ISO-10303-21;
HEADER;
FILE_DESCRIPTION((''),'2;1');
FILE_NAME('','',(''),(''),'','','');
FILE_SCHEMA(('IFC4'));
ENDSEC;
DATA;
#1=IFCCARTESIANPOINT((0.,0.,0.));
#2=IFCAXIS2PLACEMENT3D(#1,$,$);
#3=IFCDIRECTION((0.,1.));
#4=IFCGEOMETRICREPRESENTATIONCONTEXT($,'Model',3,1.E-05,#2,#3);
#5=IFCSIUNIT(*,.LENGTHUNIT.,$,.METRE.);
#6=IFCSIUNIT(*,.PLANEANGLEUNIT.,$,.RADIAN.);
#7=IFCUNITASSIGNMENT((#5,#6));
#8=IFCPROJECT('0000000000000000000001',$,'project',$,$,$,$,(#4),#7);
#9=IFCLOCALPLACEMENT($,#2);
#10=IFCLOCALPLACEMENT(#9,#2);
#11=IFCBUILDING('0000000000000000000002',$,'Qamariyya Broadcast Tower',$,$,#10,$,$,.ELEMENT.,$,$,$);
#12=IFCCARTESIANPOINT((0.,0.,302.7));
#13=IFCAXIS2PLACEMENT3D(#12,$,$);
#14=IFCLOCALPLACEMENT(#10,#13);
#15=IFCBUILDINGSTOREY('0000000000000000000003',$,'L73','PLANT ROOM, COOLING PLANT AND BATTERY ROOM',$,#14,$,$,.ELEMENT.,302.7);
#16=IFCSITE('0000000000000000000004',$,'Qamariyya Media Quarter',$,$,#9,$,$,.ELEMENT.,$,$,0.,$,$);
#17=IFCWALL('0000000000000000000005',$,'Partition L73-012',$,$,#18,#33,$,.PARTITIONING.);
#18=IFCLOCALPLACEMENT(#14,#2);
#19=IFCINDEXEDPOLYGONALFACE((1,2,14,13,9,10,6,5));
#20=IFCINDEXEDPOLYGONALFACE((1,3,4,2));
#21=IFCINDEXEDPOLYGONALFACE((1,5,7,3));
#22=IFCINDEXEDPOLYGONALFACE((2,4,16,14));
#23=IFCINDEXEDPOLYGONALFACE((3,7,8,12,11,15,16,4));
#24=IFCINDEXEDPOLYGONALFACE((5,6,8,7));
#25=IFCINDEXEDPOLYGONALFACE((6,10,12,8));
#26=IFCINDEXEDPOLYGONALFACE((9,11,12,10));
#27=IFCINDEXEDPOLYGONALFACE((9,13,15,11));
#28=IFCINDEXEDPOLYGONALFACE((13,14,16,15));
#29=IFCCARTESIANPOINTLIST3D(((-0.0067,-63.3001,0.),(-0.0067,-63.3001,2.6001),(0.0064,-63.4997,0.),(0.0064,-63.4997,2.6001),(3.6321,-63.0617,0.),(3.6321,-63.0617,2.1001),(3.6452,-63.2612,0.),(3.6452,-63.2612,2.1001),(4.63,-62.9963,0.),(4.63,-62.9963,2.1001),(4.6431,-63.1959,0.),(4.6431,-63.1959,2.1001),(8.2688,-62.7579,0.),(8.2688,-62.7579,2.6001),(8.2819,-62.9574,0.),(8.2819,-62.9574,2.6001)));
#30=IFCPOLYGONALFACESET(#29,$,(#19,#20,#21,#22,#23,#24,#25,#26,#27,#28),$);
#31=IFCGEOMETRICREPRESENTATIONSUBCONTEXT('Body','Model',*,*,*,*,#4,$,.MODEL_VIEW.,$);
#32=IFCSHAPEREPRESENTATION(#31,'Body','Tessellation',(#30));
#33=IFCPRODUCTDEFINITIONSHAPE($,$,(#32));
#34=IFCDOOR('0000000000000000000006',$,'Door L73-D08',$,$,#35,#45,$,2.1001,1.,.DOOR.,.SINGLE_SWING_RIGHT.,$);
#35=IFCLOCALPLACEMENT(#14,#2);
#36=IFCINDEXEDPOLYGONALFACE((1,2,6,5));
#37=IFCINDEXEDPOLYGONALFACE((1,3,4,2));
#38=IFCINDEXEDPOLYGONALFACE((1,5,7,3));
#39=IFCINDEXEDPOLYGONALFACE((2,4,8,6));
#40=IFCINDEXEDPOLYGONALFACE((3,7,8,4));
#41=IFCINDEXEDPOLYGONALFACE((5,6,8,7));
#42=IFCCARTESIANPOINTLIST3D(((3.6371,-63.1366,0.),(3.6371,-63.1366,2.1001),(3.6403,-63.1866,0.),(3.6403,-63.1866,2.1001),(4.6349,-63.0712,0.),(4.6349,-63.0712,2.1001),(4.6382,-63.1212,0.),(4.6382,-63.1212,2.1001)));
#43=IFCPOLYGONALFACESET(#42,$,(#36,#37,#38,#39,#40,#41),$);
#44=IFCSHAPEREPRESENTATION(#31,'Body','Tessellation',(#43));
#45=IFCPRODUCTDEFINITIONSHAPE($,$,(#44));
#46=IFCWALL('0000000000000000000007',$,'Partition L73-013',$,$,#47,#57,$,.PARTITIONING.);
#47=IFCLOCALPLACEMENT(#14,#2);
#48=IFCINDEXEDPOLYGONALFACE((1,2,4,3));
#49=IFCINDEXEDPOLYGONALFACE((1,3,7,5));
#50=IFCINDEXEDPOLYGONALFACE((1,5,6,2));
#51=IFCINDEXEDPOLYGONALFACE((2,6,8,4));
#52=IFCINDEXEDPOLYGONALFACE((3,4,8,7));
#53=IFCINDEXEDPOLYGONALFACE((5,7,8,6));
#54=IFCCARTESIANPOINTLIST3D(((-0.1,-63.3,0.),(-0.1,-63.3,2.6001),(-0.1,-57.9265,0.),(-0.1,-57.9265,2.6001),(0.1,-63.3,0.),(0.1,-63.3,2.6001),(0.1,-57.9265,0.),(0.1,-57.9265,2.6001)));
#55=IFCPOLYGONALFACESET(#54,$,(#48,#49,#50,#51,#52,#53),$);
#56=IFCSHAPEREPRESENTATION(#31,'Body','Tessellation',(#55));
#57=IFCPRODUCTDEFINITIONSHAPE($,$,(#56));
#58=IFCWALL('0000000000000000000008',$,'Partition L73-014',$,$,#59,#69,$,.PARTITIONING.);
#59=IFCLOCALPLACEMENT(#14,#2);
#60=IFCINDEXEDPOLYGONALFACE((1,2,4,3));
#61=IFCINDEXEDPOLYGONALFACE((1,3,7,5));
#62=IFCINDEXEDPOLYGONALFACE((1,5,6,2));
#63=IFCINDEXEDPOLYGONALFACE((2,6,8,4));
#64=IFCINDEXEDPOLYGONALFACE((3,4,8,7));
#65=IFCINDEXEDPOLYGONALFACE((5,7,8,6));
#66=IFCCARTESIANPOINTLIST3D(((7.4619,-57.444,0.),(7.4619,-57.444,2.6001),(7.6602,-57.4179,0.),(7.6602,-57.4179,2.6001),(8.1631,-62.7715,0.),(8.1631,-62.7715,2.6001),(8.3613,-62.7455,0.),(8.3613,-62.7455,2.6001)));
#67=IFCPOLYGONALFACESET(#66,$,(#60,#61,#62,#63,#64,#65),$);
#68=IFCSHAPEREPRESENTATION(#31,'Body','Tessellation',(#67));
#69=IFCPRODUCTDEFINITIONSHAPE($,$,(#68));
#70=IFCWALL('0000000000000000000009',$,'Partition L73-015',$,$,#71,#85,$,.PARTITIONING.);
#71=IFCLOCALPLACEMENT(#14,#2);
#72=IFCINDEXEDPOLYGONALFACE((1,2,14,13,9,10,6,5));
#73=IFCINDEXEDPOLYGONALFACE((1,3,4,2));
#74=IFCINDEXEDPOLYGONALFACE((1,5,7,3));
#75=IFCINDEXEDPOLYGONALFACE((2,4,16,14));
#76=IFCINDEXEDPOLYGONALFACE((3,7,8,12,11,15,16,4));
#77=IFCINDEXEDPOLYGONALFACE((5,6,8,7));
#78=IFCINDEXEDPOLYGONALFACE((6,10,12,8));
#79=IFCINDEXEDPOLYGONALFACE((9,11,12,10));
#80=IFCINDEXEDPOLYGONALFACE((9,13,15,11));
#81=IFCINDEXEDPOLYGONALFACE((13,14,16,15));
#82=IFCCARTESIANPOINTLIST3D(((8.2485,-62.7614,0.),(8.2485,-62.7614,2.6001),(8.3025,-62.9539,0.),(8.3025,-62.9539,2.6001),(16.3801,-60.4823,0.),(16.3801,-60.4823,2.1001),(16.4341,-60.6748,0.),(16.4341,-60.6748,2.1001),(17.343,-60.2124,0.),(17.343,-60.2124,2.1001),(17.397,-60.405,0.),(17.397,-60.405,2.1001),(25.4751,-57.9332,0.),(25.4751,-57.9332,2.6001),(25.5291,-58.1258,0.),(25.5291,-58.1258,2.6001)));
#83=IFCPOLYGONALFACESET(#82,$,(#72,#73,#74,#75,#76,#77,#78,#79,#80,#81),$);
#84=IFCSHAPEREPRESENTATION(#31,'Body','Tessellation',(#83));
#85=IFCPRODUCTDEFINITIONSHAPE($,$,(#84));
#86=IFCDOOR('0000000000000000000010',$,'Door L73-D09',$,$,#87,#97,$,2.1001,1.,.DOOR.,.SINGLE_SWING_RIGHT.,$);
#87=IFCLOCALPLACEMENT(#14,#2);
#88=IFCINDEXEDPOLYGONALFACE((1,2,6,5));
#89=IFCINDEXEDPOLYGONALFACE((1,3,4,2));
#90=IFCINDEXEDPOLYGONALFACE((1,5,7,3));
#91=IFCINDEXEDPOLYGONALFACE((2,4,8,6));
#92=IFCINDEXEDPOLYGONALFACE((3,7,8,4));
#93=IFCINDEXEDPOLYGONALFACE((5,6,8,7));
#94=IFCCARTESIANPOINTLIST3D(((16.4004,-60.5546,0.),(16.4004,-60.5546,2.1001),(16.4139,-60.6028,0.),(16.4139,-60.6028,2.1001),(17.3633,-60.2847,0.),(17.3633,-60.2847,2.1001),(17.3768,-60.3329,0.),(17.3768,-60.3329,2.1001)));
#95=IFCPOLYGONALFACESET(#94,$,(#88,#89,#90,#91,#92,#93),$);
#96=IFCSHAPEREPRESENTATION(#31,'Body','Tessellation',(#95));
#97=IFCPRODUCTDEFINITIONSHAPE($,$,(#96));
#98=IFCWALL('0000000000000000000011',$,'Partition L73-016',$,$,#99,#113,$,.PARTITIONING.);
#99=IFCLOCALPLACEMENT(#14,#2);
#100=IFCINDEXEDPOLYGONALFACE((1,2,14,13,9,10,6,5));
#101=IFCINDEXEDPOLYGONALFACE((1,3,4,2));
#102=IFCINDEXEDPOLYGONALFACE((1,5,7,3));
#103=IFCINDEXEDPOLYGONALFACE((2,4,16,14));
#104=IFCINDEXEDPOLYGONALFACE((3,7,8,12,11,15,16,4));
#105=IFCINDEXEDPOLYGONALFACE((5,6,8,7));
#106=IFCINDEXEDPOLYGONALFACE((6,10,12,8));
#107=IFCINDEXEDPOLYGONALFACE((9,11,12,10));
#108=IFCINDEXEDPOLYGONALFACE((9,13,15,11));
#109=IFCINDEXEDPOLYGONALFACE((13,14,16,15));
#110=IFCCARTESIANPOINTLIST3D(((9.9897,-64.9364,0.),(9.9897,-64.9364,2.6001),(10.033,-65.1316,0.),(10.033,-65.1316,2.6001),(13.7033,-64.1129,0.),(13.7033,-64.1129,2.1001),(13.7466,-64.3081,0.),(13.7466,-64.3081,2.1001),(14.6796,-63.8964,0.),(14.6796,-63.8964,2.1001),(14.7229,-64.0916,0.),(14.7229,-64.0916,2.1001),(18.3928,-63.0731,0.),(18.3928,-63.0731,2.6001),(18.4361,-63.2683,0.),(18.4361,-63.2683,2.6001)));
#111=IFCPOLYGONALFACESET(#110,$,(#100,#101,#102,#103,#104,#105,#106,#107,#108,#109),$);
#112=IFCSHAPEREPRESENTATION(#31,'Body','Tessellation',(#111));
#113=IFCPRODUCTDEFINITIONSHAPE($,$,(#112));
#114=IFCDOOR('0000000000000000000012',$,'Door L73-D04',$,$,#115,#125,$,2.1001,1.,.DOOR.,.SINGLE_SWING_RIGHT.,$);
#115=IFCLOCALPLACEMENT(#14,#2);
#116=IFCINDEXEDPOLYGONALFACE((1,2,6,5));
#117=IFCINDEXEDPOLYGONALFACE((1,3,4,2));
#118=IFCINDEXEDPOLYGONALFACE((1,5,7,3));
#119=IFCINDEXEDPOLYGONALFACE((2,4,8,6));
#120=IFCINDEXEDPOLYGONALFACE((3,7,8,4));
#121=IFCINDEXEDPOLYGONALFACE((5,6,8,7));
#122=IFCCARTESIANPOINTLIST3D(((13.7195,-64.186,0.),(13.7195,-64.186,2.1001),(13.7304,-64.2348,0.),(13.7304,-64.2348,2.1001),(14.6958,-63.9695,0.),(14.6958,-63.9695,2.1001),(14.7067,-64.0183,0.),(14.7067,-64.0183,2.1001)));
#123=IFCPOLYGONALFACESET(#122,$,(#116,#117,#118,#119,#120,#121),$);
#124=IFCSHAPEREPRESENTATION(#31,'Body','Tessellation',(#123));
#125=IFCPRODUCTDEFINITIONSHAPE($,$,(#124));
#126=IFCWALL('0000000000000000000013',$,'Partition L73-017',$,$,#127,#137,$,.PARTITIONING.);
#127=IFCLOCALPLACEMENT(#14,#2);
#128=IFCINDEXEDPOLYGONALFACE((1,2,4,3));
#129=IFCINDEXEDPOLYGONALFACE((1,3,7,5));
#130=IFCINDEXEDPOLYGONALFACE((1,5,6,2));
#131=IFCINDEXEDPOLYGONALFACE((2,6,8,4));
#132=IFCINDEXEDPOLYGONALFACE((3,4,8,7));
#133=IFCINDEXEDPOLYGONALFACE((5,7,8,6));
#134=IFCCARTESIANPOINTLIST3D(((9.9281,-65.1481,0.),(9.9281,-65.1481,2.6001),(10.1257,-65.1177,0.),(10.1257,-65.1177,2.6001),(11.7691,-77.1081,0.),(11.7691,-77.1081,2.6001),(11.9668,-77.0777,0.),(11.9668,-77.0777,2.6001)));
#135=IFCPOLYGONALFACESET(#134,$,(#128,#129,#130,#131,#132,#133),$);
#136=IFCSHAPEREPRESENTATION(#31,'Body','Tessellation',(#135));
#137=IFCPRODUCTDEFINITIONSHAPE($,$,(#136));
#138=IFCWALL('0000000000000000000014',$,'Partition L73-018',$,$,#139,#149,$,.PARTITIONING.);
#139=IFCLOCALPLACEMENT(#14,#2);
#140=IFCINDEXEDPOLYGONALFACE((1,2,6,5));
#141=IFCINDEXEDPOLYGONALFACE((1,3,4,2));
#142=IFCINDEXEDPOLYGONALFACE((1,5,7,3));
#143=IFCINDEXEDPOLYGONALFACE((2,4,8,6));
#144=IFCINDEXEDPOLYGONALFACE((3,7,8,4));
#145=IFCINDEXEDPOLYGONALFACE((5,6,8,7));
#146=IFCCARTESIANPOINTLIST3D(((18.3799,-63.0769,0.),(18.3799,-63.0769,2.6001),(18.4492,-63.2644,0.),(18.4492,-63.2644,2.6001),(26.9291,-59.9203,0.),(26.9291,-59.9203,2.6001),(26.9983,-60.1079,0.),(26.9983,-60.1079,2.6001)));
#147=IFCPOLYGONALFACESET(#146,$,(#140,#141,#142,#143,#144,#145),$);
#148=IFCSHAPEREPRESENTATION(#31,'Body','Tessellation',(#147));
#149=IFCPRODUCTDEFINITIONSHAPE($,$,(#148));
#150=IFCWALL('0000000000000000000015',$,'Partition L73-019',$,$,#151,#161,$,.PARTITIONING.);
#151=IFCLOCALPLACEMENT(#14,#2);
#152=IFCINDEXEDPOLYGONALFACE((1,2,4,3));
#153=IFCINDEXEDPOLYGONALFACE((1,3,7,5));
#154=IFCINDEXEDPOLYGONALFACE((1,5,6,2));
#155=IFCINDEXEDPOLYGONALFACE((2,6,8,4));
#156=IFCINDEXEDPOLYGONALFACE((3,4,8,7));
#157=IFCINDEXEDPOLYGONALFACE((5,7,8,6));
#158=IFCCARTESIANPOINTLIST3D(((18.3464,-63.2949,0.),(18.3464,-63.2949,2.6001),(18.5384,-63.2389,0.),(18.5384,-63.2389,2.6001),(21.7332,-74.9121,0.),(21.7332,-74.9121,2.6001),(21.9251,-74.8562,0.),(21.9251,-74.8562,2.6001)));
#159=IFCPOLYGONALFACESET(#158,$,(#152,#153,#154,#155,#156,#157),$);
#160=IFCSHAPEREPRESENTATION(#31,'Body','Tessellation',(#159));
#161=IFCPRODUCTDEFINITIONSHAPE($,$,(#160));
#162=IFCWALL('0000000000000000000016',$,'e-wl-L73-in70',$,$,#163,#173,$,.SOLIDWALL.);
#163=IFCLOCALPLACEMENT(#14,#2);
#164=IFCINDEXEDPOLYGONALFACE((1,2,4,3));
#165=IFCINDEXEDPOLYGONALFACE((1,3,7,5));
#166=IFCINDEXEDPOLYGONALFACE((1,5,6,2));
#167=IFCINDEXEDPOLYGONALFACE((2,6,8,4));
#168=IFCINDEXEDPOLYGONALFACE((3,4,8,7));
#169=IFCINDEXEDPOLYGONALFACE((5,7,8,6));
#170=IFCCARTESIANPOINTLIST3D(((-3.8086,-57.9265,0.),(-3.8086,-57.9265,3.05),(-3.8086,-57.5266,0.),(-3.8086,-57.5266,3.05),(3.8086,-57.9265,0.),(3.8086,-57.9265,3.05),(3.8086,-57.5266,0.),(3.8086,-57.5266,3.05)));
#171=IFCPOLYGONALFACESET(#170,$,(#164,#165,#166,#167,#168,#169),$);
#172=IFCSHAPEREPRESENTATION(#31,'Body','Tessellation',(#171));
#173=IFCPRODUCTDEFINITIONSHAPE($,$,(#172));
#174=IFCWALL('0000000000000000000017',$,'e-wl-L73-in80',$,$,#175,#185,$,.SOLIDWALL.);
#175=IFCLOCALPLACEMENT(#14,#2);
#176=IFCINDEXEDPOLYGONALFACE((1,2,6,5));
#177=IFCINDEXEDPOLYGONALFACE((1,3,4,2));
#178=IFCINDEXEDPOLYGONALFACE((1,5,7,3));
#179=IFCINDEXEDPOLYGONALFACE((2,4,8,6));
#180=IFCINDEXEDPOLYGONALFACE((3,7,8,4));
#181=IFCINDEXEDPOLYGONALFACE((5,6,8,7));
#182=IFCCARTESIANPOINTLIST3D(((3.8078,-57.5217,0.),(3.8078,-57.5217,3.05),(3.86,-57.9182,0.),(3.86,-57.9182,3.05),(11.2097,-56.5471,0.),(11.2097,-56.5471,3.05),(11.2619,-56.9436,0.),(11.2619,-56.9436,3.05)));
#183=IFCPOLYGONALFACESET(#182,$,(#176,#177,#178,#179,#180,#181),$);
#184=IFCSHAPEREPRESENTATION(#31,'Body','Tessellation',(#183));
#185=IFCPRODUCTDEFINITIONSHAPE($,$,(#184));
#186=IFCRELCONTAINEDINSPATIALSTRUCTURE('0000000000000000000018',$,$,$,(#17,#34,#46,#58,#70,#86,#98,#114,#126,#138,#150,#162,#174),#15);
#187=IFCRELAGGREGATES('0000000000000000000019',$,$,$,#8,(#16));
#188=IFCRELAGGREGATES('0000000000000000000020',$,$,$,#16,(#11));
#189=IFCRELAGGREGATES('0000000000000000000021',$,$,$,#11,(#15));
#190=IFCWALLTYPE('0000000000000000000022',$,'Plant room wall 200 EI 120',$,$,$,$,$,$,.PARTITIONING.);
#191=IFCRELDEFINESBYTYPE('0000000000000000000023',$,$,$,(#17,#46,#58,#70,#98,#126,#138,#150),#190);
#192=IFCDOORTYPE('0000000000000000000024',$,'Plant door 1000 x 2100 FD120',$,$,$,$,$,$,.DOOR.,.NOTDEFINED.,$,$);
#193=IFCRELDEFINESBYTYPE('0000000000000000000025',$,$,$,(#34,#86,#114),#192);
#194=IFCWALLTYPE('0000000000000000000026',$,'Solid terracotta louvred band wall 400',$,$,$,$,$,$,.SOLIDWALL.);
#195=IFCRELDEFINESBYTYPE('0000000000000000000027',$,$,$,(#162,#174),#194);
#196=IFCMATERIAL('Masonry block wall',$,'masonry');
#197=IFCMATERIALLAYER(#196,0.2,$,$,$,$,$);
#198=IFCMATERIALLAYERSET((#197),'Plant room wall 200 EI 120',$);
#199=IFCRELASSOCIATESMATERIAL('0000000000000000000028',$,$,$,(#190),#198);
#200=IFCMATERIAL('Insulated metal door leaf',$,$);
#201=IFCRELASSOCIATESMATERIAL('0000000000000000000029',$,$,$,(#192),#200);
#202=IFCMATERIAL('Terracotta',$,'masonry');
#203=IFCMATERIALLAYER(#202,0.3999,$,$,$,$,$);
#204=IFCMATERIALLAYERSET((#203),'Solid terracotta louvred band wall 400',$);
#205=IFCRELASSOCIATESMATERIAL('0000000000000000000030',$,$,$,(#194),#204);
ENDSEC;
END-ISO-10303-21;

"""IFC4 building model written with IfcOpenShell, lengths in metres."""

from ifc_helpers import new_model, si_unit, direction, frame, frame_2d, origin, place, context, subcontext, project, spatial, rectangle, extrude, material, layer, layer_set, type_object, element, fill, save


model = new_model("IFC4")

# Units and contexts
model_context = context("Model", 3, precision=1e-05, world=origin(), true_north=direction((0.0, 1.0)))
body_context = subcontext(model_context, "Body", "Model", "MODEL_VIEW")
ifc_project = project(units=[si_unit("LENGTHUNIT", "METRE"), si_unit("PLANEANGLEUNIT", "RADIAN")], contexts=[model_context])

# Site, building, storey
site_placement = place(None, origin())
site = spatial("IfcSite", under=ifc_project, at=site_placement, Name="Qamariyya Media Quarter", CompositionType="ELEMENT", RefElevation=0.0)
building_placement = place(site_placement, origin())
building = spatial("IfcBuilding", under=site, at=building_placement, Name="Qamariyya Broadcast Tower", CompositionType="ELEMENT")
storey_placement = place(building_placement, frame((0.0, 0.0, 302.7)))
storey = spatial("IfcBuildingStorey", under=building, at=storey_placement, Name="L73", Description="PLANT ROOM, COOLING PLANT AND BATTERY ROOM", CompositionType="ELEMENT", Elevation=302.7)

# Wall, opening, door
ifc_material_1 = material(Name="Masonry block wall", Category="masonry")
ifc_layer_1 = layer(ifc_material_1, 0.2)
ifc_layer_set_1 = layer_set([ifc_layer_1], Name="Plant room wall 200 EI 120")
wall_type_1 = type_object("IfcWallType", Name="Plant room wall 200 EI 120", PredefinedType="PARTITIONING", material=ifc_layer_set_1)
ifc_material_2 = material(Name="Insulated metal door leaf")
wall_1_placement = place(storey_placement, frame((0.0, -63.3999, 0.0), z_axis=(0.0, 0.0, 1.0), x_axis=(0.99786, 0.065384, 0.0)))
wall_1 = element("IfcWall", 1, at=wall_1_placement, inside=storey, type_object=wall_type_1, Name="Partition L73-012", PredefinedType="PARTITIONING", context=body_context, shape_type="SweptSolid", body=[
    extrude(rectangle(XDim=8.2932, YDim=0.2, at=frame_2d((4.1465, 0.0))), origin(), (0.0, 0.0, 1.0), 2.6001),
])
opening_1_placement = place(wall_1_placement, frame((3.6465, 0.0, 0.0)))
opening_1 = element("IfcOpeningElement", 2, at=opening_1_placement, cuts=wall_1, PredefinedType="OPENING", context=body_context, shape_type="SweptSolid", body=[
    extrude(rectangle(XDim=1.0, YDim=2.1001, at=frame_2d((0.5, 1.05))), frame((0.0, 0.1099, 0.0), z_axis=(0.0, -1.0, 0.0), x_axis=(1.0, 0.0, 0.0)), (0.0, 0.0, 1.0), 0.22),
])
door_type_1 = type_object("IfcDoorType", Name="Plant door 1000 x 2100 FD120", OperationType="NOTDEFINED", PredefinedType="DOOR", material=ifc_material_2)
door_1_placement = place(opening_1_placement, origin())
door_1 = element("IfcDoor", 3, at=door_1_placement, inside=storey, type_object=door_type_1, Name="Door L73-D08", OperationType="SINGLE_SWING_RIGHT", OverallHeight=2.1001, OverallWidth=1.0, PredefinedType="DOOR", context=body_context, shape_type="SweptSolid", body=[
    extrude(rectangle(XDim=1.0, YDim=2.1001, at=frame_2d((0.5, 1.05))), frame((0.0, 0.0249, 0.0), z_axis=(0.0, -1.0, 0.0), x_axis=(1.0, 0.0, 0.0)), (0.0, 0.0, 1.0), 0.05),
])
fill(opening_1, door_1)

# Walls
for number, where, z_axis, x_axis, name in (
    (4, (0.0, -57.9265, 0.0), (0.0, 0.0, 1.0), (0.0, -1.0, 0.0), "Partition L73-013"),
    (5, (7.561, -57.4309, 0.0), (0.0, 0.0, 1.0), (0.130485, -0.99145, 0.0), "Partition L73-014"),
):
    element("IfcWall", number, at=place(storey_placement, frame(where, z_axis=z_axis, x_axis=x_axis)), inside=storey, type_object=wall_type_1, Name=name, PredefinedType="PARTITIONING", context=body_context, shape_type="SweptSolid", body=[
        extrude(rectangle(XDim=5.3735, YDim=0.2, at=frame_2d((2.6868, 0.0))), origin(), (0.0, 0.0, 1.0), 2.6001),
    ])

# Walls, openings, doors
wall_2_placement = place(storey_placement, frame((8.2754, -62.8577, 0.0), z_axis=(0.0, 0.0, 1.0), x_axis=(0.962896, 0.269873, 0.0)))
wall_2 = element("IfcWall", 6, at=wall_2_placement, inside=storey, type_object=wall_type_1, Name="Partition L73-015", PredefinedType="PARTITIONING", context=body_context, shape_type="SweptSolid", body=[
    extrude(rectangle(XDim=17.8904, YDim=0.2, at=frame_2d((8.9453, 0.0))), origin(), (0.0, 0.0, 1.0), 2.6001),
])
opening_2_placement = place(wall_2_placement, frame((8.4451, 0.0, 0.0)))
opening_2 = element("IfcOpeningElement", 7, at=opening_2_placement, cuts=wall_2, PredefinedType="OPENING", context=body_context, shape_type="SweptSolid", body=[
    extrude(rectangle(XDim=1.0, YDim=2.1001, at=frame_2d((0.5, 1.05))), frame((0.0, 0.1099, 0.0), z_axis=(0.0, -1.0, 0.0), x_axis=(1.0, 0.0, 0.0)), (0.0, 0.0, 1.0), 0.22),
])
door_2_placement = place(opening_2_placement, origin())
door_2 = element("IfcDoor", 8, at=door_2_placement, inside=storey, type_object=door_type_1, Name="Door L73-D09", OperationType="SINGLE_SWING_RIGHT", OverallHeight=2.1001, OverallWidth=1.0, PredefinedType="DOOR", context=body_context, shape_type="SweptSolid", body=[
    extrude(rectangle(XDim=1.0, YDim=2.1001, at=frame_2d((0.5, 1.05))), frame((0.0, 0.0249, 0.0), z_axis=(0.0, -1.0, 0.0), x_axis=(1.0, 0.0, 0.0)), (0.0, 0.0, 1.0), 0.05),
])
fill(opening_2, door_2)
wall_3_placement = place(storey_placement, frame((18.4146, -63.1707, 0.0), z_axis=(0.0, 0.0, 1.0), x_axis=(-0.976287, -0.21648, 0.0)))
wall_3 = element("IfcWall", 9, at=wall_3_placement, inside=storey, type_object=wall_type_1, Name="Partition L73-016", PredefinedType="PARTITIONING", context=body_context, shape_type="SweptSolid", body=[
    extrude(rectangle(XDim=8.6072, YDim=0.2, at=frame_2d((4.3037, 0.0))), origin(), (0.0, 0.0, 1.0), 2.6001),
])
opening_3_placement = place(wall_3_placement, frame((3.8035, 0.0, 0.0)))
opening_3 = element("IfcOpeningElement", 10, at=opening_3_placement, cuts=wall_3, PredefinedType="OPENING", context=body_context, shape_type="SweptSolid", body=[
    extrude(rectangle(XDim=1.0, YDim=2.1001, at=frame_2d((0.5, 1.05))), frame((0.0, 0.1099, 0.0), z_axis=(0.0, -1.0, 0.0), x_axis=(1.0, 0.0, 0.0)), (0.0, 0.0, 1.0), 0.22),
])
door_3_placement = place(opening_3_placement, origin())
door_3 = element("IfcDoor", 11, at=door_3_placement, inside=storey, type_object=door_type_1, Name="Door L73-D04", OperationType="SINGLE_SWING_RIGHT", OverallHeight=2.1001, OverallWidth=1.0, PredefinedType="DOOR", context=body_context, shape_type="SweptSolid", body=[
    extrude(rectangle(XDim=1.0, YDim=2.1001, at=frame_2d((0.5, 1.05))), frame((0.0, 0.0249, 0.0), z_axis=(0.0, -1.0, 0.0), x_axis=(1.0, 0.0, 0.0)), (0.0, 0.0, 1.0), 0.05),
])
fill(opening_3, door_3)

# Walls
wall_4_placement = place(storey_placement, frame((11.8679, -77.0928, 0.0), z_axis=(0.0, 0.0, 1.0), x_axis=(-0.152144, 0.988358, 0.0)))
element("IfcWall", 12, at=wall_4_placement, inside=storey, type_object=wall_type_1, Name="Partition L73-017", PredefinedType="PARTITIONING", context=body_context, shape_type="SweptSolid", body=[
    extrude(rectangle(XDim=12.1008, YDim=0.2, at=frame_2d((6.0503, 0.0))), origin(), (0.0, 0.0, 1.0), 2.6001),
])
wall_5_placement = place(storey_placement, frame((18.4146, -63.1707, 0.0), z_axis=(0.0, 0.0, 1.0), x_axis=(0.9381, 0.346366, 0.0)))
element("IfcWall", 13, at=wall_5_placement, inside=storey, type_object=wall_type_1, Name="Partition L73-018", PredefinedType="PARTITIONING", context=body_context, shape_type="SweptSolid", body=[
    extrude(rectangle(XDim=9.1133, YDim=0.2, at=frame_2d((4.5566, 0.0))), origin(), (0.0, 0.0, 1.0), 2.6001),
])
wall_6_placement = place(storey_placement, frame((21.8291, -74.884, 0.0), z_axis=(0.0, 0.0, 1.0), x_axis=(-0.279876, 0.960036, 0.0)))
element("IfcWall", 14, at=wall_6_placement, inside=storey, type_object=wall_type_1, Name="Partition L73-019", PredefinedType="PARTITIONING", context=body_context, shape_type="SweptSolid", body=[
    extrude(rectangle(XDim=12.1008, YDim=0.2, at=frame_2d((6.0503, 0.0))), origin(), (0.0, 0.0, 1.0), 2.6001),
])
ifc_material_3 = material(Name="Terracotta", Category="masonry")
ifc_layer_2 = layer(ifc_material_3, 0.3999)
ifc_layer_set_2 = layer_set([ifc_layer_2], Name="Solid terracotta louvred band wall 400")
wall_type_2 = type_object("IfcWallType", Name="Solid terracotta louvred band wall 400", PredefinedType="SOLIDWALL", material=ifc_layer_set_2)
wall_7_placement = place(storey_placement, frame((3.8086, -57.7266, 0.0), z_axis=(0.0, 0.0, 1.0), x_axis=(-1.0, 0.0, 0.0)))
element("IfcWall", 15, at=wall_7_placement, inside=storey, type_object=wall_type_2, Name="e-wl-L73-in70", PredefinedType="SOLIDWALL", context=body_context, shape_type="SweptSolid", body=[
    extrude(rectangle(XDim=7.6172, YDim=0.3999, at=frame_2d((3.8086, 0.0))), origin(), (0.0, 0.0, 1.0), 3.05),
])
wall_8_placement = place(storey_placement, frame((11.2358, -56.7454, 0.0), z_axis=(0.0, 0.0, 1.0), x_axis=(-0.991442, -0.130544, 0.0)))
element("IfcWall", 16, at=wall_8_placement, inside=storey, type_object=wall_type_2, Name="e-wl-L73-in80", PredefinedType="SOLIDWALL", context=body_context, shape_type="SweptSolid", body=[
    extrude(rectangle(XDim=7.4658, YDim=0.3999, at=frame_2d((3.7329, 0.0))), origin(), (0.0, 0.0, 1.0), 3.05),
])

save(model, "model.ifc")
